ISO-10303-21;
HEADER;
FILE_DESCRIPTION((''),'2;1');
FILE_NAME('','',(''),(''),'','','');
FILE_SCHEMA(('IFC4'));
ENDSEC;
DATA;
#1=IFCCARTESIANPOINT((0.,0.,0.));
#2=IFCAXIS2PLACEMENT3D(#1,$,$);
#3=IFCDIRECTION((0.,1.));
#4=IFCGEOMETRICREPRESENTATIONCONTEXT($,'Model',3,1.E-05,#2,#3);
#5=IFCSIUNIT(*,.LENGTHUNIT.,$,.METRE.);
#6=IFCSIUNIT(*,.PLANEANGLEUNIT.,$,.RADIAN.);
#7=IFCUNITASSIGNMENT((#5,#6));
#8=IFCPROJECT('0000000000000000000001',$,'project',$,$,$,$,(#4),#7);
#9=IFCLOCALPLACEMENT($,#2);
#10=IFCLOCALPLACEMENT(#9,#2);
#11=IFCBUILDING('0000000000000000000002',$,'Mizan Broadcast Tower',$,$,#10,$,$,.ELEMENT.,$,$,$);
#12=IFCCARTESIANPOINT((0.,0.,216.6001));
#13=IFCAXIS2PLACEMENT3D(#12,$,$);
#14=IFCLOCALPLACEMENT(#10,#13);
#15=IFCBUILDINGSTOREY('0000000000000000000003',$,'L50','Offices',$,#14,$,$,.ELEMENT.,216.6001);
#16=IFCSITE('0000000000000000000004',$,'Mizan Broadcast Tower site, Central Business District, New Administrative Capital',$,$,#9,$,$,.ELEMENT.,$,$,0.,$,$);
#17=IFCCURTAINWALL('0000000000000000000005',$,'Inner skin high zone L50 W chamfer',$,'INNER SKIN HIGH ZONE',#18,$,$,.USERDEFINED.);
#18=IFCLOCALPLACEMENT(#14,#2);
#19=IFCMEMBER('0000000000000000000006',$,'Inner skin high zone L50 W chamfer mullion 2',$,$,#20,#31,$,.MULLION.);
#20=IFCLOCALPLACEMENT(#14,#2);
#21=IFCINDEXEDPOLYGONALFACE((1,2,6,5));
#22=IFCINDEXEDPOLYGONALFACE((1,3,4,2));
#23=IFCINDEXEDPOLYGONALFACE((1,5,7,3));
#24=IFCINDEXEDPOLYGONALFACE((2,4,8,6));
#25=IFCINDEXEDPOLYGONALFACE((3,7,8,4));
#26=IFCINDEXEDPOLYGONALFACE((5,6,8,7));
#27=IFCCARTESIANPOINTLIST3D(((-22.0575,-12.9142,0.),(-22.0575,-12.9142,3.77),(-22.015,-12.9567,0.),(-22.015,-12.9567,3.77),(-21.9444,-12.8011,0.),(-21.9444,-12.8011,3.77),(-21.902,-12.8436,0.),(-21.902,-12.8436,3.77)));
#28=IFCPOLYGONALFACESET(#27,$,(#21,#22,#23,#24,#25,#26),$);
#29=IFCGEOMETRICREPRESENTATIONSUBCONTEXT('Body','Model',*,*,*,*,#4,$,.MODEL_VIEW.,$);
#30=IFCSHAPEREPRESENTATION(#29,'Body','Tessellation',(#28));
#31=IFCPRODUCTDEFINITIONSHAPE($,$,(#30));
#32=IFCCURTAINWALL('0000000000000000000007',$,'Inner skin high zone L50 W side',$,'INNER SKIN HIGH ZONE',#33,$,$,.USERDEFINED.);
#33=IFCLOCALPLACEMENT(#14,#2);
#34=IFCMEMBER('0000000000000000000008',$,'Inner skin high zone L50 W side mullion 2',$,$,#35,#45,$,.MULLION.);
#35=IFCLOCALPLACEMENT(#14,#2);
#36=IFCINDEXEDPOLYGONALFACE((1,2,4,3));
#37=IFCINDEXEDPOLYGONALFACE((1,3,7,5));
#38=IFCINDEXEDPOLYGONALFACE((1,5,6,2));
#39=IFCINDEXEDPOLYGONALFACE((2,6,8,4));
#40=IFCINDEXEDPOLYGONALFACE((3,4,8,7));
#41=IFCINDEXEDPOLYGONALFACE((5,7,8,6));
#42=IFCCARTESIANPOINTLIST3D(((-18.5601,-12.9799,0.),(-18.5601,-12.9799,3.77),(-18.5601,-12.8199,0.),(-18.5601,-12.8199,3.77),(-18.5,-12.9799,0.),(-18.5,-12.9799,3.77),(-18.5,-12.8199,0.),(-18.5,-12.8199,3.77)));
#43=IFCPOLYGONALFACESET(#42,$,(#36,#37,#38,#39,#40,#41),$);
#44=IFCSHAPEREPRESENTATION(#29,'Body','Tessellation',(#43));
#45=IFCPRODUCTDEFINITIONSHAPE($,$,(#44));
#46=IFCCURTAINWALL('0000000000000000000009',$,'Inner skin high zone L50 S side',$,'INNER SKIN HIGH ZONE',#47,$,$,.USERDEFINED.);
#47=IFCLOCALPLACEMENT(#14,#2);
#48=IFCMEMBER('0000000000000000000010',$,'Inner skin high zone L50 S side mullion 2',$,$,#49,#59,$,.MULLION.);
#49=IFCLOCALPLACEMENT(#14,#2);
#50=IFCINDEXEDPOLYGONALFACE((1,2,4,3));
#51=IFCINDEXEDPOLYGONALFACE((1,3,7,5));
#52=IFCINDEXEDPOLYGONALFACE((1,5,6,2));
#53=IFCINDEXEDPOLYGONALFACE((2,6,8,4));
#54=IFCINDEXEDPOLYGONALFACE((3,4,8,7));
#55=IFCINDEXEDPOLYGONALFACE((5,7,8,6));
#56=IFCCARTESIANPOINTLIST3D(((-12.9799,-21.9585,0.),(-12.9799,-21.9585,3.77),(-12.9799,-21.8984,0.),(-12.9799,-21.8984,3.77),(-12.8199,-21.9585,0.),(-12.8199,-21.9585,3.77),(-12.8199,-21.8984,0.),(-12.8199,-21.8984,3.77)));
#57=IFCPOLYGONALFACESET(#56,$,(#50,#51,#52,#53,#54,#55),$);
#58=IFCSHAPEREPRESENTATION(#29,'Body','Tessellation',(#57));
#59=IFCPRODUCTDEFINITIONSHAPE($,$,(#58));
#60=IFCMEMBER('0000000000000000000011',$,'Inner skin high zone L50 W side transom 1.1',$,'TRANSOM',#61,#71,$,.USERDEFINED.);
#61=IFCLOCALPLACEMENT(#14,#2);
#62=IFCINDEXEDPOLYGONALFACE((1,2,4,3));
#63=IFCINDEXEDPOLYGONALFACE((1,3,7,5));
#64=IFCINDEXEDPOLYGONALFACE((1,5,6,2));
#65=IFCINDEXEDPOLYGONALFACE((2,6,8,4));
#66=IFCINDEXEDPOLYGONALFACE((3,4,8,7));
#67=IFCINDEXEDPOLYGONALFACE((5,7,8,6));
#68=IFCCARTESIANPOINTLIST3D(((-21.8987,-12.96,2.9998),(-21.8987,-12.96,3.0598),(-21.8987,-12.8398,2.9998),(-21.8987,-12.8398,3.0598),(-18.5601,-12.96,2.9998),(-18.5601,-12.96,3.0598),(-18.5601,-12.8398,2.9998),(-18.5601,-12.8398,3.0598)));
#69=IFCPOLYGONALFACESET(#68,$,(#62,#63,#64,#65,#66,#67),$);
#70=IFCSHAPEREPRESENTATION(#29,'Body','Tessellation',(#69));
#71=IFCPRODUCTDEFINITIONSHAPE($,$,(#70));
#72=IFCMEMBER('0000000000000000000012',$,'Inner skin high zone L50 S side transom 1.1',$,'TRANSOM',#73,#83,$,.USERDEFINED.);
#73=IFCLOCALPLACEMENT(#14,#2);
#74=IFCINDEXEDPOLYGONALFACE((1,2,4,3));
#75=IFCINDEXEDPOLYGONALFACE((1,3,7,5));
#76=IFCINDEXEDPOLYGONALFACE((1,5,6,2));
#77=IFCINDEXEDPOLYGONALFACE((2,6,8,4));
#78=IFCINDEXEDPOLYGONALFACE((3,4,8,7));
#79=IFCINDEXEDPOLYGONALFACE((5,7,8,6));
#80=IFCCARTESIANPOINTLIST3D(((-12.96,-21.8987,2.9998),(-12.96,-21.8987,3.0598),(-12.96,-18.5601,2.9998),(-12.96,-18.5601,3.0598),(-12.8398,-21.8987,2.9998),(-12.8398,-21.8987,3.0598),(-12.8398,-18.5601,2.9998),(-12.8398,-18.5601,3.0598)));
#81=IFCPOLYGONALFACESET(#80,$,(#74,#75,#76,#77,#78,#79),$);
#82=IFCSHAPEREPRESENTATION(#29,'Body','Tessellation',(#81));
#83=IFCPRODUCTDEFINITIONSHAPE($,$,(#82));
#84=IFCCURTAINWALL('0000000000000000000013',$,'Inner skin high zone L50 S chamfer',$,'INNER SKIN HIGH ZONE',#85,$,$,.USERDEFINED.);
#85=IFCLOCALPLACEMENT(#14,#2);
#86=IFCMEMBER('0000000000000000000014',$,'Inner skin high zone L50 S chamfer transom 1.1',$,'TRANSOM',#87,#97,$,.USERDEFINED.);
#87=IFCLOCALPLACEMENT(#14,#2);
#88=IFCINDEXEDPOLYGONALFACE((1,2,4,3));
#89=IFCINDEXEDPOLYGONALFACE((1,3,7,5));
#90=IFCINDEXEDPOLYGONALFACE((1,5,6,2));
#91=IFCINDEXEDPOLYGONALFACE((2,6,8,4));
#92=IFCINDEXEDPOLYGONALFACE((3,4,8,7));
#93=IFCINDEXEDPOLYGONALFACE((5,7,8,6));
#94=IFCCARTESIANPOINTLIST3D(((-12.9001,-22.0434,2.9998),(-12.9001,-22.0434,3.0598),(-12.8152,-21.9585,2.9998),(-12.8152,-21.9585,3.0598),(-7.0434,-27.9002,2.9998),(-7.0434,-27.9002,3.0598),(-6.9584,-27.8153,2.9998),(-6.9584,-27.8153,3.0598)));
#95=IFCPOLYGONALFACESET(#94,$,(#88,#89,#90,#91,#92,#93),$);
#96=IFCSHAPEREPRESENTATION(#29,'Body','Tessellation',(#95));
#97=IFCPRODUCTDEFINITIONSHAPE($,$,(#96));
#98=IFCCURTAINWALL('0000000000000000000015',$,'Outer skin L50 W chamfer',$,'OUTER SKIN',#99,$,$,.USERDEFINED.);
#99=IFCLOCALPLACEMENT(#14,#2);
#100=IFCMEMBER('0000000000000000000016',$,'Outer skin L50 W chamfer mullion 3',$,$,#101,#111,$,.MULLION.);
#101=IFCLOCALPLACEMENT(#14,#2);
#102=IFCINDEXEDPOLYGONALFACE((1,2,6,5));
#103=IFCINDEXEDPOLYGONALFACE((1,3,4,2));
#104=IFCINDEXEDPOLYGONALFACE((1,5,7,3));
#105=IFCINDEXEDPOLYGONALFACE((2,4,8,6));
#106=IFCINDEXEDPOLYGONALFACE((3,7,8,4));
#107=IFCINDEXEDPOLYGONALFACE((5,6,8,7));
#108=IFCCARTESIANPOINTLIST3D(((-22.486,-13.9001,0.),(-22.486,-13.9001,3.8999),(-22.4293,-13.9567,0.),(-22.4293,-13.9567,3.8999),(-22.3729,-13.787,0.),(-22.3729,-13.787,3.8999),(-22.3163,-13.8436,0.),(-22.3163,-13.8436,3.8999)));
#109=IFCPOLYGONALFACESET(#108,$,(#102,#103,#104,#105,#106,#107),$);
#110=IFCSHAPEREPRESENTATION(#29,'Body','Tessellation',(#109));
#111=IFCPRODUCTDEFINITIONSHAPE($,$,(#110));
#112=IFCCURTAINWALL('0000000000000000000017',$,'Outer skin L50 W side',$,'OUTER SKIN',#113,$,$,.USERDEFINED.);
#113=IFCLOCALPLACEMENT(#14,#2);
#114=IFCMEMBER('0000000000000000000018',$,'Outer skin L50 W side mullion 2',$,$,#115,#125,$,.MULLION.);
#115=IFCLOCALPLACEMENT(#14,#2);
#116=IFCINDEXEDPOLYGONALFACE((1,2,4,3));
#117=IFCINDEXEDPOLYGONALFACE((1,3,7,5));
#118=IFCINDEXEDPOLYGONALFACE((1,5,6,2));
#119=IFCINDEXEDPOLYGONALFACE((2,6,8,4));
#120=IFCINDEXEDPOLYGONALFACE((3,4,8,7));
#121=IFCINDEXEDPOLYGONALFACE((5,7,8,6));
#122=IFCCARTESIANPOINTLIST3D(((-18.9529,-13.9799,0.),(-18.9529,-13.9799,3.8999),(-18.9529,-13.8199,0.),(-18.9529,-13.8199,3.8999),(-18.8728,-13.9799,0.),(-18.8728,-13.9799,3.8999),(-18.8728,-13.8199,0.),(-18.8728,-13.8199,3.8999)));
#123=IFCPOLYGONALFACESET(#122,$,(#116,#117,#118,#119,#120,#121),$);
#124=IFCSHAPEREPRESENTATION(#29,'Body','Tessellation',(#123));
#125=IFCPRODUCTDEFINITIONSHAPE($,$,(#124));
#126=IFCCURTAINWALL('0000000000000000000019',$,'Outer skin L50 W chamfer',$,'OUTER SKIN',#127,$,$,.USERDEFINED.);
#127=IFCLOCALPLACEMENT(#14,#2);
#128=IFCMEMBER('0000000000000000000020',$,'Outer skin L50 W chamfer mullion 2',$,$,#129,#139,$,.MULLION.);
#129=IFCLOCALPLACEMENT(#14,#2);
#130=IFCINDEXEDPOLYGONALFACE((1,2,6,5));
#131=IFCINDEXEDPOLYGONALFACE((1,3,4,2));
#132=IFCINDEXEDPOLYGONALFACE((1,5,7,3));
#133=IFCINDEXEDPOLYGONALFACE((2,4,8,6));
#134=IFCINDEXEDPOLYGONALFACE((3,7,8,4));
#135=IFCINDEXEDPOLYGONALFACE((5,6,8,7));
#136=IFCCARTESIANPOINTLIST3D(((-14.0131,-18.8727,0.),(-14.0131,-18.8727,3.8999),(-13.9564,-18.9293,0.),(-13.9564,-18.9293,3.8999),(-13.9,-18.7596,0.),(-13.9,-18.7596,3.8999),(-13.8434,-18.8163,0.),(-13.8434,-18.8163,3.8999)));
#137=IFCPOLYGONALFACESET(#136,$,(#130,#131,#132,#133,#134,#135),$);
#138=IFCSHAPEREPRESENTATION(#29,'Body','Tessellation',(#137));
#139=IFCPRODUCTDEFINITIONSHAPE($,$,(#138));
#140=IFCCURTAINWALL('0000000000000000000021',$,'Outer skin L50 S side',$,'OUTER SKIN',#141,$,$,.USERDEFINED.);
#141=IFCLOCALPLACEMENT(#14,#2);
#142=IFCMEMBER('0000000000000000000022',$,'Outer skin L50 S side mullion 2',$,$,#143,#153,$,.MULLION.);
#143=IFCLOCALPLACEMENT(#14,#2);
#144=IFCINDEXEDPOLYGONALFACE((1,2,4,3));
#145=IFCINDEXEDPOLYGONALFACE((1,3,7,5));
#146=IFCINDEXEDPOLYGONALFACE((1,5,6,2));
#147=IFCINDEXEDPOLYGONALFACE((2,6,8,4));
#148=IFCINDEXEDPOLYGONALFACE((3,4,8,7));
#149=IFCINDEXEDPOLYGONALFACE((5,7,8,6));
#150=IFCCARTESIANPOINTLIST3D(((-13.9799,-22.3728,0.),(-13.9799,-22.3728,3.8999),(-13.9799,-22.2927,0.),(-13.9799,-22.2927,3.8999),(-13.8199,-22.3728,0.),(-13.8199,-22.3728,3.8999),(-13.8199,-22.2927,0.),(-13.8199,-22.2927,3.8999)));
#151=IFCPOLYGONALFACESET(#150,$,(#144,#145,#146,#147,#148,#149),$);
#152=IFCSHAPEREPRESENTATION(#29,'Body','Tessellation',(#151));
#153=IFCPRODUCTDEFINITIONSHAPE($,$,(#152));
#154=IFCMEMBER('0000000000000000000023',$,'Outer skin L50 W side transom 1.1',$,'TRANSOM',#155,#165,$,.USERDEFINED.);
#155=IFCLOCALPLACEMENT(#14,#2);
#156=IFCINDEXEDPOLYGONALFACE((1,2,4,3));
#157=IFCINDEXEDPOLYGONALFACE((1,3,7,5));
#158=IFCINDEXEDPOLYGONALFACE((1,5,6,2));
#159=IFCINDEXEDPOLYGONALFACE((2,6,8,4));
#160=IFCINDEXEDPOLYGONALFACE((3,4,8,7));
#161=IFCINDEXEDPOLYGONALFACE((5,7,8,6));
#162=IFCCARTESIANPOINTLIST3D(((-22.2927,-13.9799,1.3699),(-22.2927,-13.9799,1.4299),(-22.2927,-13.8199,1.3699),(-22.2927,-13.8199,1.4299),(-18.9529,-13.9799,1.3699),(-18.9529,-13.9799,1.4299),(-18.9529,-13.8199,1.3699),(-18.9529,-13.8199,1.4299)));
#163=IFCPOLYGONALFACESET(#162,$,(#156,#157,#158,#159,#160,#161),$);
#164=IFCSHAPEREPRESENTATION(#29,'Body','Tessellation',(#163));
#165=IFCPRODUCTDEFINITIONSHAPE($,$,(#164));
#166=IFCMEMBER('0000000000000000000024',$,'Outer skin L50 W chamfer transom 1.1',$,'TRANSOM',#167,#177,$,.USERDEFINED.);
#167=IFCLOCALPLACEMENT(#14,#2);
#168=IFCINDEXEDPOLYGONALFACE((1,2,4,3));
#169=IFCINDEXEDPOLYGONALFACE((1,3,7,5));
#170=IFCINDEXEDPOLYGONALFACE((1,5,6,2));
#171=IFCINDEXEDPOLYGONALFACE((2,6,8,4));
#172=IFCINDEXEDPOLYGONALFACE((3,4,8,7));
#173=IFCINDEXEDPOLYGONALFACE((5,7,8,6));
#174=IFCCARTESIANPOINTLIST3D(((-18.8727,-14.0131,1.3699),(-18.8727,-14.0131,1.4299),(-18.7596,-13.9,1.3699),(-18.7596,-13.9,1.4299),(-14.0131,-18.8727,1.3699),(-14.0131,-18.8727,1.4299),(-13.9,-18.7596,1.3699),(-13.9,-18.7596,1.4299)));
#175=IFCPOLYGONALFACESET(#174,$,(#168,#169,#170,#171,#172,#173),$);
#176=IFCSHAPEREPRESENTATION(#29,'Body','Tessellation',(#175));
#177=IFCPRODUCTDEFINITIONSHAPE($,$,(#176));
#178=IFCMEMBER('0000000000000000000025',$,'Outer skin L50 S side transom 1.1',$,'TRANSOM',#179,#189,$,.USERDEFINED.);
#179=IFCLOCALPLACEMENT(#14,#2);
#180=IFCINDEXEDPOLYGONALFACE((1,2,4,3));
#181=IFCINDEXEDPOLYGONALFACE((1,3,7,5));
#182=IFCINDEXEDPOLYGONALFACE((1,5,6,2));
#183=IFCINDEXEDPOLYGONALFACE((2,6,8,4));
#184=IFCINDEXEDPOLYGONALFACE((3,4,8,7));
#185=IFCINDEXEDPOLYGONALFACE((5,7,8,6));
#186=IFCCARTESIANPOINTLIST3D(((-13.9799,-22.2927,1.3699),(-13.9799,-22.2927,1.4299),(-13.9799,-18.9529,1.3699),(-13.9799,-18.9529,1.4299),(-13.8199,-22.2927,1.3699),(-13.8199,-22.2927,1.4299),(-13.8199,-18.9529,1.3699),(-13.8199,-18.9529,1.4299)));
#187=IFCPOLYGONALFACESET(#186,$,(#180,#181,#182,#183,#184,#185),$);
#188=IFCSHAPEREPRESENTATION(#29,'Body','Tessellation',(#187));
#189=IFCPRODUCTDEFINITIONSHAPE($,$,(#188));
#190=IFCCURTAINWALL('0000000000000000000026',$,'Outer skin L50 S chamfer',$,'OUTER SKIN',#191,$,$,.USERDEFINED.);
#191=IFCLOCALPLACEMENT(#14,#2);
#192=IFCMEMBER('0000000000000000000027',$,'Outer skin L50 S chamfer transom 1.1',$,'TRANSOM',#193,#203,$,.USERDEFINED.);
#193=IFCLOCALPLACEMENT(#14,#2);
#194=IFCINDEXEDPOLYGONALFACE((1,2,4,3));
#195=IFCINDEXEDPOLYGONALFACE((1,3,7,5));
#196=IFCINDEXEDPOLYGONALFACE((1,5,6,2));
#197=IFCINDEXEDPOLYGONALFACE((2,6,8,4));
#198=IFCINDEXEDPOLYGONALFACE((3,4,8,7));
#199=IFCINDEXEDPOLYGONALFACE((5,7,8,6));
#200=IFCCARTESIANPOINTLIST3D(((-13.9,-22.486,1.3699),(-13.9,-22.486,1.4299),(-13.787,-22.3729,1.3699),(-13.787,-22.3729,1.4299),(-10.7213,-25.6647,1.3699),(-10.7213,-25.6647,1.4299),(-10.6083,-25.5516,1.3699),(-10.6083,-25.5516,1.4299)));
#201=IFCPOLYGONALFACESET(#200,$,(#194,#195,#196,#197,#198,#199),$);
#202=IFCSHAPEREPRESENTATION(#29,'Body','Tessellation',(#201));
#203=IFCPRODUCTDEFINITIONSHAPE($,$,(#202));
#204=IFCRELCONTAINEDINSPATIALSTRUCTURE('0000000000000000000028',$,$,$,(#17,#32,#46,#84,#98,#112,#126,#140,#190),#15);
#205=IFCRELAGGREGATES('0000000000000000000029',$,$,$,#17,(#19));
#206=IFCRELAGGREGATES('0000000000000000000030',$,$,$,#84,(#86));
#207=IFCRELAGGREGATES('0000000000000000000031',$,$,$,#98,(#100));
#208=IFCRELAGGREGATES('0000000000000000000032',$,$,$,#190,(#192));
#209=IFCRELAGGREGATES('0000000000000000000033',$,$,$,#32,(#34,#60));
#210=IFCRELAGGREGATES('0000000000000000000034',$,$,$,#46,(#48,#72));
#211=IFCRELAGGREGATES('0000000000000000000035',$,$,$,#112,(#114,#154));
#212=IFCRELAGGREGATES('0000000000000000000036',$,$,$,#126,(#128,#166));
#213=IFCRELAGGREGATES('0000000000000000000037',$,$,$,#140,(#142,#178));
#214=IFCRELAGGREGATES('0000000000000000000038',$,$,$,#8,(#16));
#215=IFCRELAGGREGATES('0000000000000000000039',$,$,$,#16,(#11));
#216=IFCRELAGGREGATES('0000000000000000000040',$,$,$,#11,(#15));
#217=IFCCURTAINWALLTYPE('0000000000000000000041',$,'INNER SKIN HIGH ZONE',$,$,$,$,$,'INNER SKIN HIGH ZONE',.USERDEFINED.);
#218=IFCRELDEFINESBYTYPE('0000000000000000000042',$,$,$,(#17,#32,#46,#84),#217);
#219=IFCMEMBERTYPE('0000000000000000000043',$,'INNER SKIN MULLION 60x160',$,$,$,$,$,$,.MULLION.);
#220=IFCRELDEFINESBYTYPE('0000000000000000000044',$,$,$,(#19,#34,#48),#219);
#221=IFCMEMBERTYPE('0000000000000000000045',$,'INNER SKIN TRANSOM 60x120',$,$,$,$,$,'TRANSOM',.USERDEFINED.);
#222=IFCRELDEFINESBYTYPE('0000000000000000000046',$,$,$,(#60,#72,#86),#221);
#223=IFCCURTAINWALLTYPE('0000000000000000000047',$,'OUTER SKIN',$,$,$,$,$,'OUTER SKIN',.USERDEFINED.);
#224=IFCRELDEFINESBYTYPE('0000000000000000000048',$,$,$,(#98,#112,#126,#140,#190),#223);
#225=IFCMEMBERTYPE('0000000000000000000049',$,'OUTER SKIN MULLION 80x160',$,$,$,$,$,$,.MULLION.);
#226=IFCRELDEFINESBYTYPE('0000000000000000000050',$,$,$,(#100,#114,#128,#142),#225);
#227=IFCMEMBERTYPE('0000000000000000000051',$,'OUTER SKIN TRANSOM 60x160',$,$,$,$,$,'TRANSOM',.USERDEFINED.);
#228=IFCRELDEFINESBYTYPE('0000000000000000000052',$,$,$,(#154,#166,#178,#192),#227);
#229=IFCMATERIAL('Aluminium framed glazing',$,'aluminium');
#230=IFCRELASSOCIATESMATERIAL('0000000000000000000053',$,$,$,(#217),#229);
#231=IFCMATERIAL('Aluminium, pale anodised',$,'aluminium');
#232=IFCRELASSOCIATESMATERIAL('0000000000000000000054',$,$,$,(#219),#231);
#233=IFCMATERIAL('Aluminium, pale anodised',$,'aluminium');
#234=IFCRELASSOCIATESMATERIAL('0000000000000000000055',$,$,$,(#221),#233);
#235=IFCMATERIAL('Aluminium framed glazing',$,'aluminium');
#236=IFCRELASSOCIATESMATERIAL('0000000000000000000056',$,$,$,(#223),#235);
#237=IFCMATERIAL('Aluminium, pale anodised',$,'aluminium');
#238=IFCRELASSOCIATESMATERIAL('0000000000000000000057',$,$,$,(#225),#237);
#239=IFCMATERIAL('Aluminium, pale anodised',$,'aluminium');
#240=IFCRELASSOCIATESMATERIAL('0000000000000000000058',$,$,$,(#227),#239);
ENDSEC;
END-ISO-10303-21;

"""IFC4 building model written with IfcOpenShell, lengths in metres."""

from ifc_helpers import new_model, si_unit, direction, frame, origin, origin_2d, place, context, subcontext, project, spatial, rectangle, extrude, material, material_profile, profile_set, type_object, element, aggregate, save


model = new_model("IFC4")

# Units and contexts
model_context = context("Model", 3, precision=1e-05, world=origin(), true_north=direction((0.0, 1.0)))
body_context = subcontext(model_context, "Body", "Model", "MODEL_VIEW")
ifc_project = project(units=[si_unit("LENGTHUNIT", "METRE"), si_unit("PLANEANGLEUNIT", "RADIAN")], contexts=[model_context])

# Site, building, storey
site_placement = place(None, origin())
site = spatial("IfcSite", under=ifc_project, at=site_placement, Name="Mizan Broadcast Tower site, Central Business District, New Administrative Capital", CompositionType="ELEMENT", RefElevation=0.0)
building_placement = place(site_placement, origin())
building = spatial("IfcBuilding", under=site, at=building_placement, Name="Mizan Broadcast Tower", CompositionType="ELEMENT")
storey_placement = place(building_placement, frame((0.0, 0.0, 216.6001)))
storey = spatial("IfcBuildingStorey", under=building, at=storey_placement, Name="L50", Description="Offices", CompositionType="ELEMENT", Elevation=216.6001)

# Curtain walls, members
ifc_material_1 = material(Name="Aluminium framed glazing", Category="aluminium")
curtain_wall_type_1 = type_object("IfcCurtainWallType", Name="INNER SKIN HIGH ZONE", ElementType="INNER SKIN HIGH ZONE", PredefinedType="USERDEFINED", material=ifc_material_1)
curtain_wall_1_placement = place(storey_placement, origin())
curtain_wall_1 = element("IfcCurtainWall", 1, at=curtain_wall_1_placement, inside=storey, type_object=curtain_wall_type_1, Name="Inner skin high zone L50 W chamfer", ObjectType="INNER SKIN HIGH ZONE", PredefinedType="USERDEFINED")
ifc_material_2 = material(Name="Aluminium, pale anodised", Category="aluminium")
ifc_material_profile_1 = material_profile(ifc_material_2, rectangle(XDim=0.1599, YDim=0.0601, at=origin_2d()), Name="MULLION 160x60")
ifc_profile_set_1 = profile_set([ifc_material_profile_1], Name="Aluminium, pale anodised")
member_type_1 = type_object("IfcMemberType", Name="INNER SKIN MULLION 60x160", PredefinedType="MULLION", material=ifc_profile_set_1)
member_1_placement = place(storey_placement, frame((-21.9797, -12.8789, 0.0), z_axis=(0.0, 0.0, 1.0), x_axis=(0.707107, 0.707107, 0.0)))
member_1 = element("IfcMember", 2, at=member_1_placement, type_object=member_type_1, Name="Inner skin high zone L50 W chamfer mullion 2", PredefinedType="MULLION", context=body_context, shape_type="SweptSolid", body=[
    extrude(rectangle(XDim=0.1599, YDim=0.0601, at=origin_2d()), origin(), (0.0, 0.0, 1.0), 3.77),
])
aggregate(curtain_wall_1, [member_1])
curtain_wall_2_placement = place(storey_placement, origin())
curtain_wall_2 = element("IfcCurtainWall", 3, at=curtain_wall_2_placement, inside=storey, type_object=curtain_wall_type_1, Name="Inner skin high zone L50 W side", ObjectType="INNER SKIN HIGH ZONE", PredefinedType="USERDEFINED")
member_2_placement = place(storey_placement, frame((-18.53, -12.8999, 0.0), z_axis=(0.0, 0.0, 1.0), x_axis=(0.0, 1.0, 0.0)))
member_2 = element("IfcMember", 4, at=member_2_placement, type_object=member_type_1, Name="Inner skin high zone L50 W side mullion 2", PredefinedType="MULLION", context=body_context, shape_type="SweptSolid", body=[
    extrude(rectangle(XDim=0.1599, YDim=0.0601, at=origin_2d()), origin(), (0.0, 0.0, 1.0), 3.77),
])
curtain_wall_3_placement = place(storey_placement, origin())
curtain_wall_3 = element("IfcCurtainWall", 5, at=curtain_wall_3_placement, inside=storey, type_object=curtain_wall_type_1, Name="Inner skin high zone L50 S side", ObjectType="INNER SKIN HIGH ZONE", PredefinedType="USERDEFINED")
member_3_placement = place(storey_placement, frame((-12.8999, -21.9285, 0.0), z_axis=(0.0, 0.0, 1.0), x_axis=(1.0, 0.0, 0.0)))
member_3 = element("IfcMember", 6, at=member_3_placement, type_object=member_type_1, Name="Inner skin high zone L50 S side mullion 2", PredefinedType="MULLION", context=body_context, shape_type="SweptSolid", body=[
    extrude(rectangle(XDim=0.1599, YDim=0.0601, at=origin_2d()), origin(), (0.0, 0.0, 1.0), 3.77),
])

# Members
ifc_material_3 = material(Name="Aluminium, pale anodised", Category="aluminium")
ifc_material_profile_2 = material_profile(ifc_material_3, rectangle(XDim=0.1201, YDim=0.0601, at=origin_2d()), Name="TRANSOM 120x60")
ifc_profile_set_2 = profile_set([ifc_material_profile_2], Name="Aluminium, pale anodised")
member_type_2 = type_object("IfcMemberType", Name="INNER SKIN TRANSOM 60x120", ElementType="TRANSOM", PredefinedType="USERDEFINED", material=ifc_profile_set_2)
member_4_placement = place(storey_placement, frame((-21.8987, -12.8999, 3.0298), z_axis=(1.0, 0.0, 0.0), x_axis=(0.0, 1.0, 0.0)))
member_4 = element("IfcMember", 7, at=member_4_placement, type_object=member_type_2, Name="Inner skin high zone L50 W side transom 1.1", ObjectType="TRANSOM", PredefinedType="USERDEFINED", context=body_context, shape_type="SweptSolid", body=[
    extrude(rectangle(XDim=0.1201, YDim=0.0601, at=origin_2d()), origin(), (0.0, 0.0, 1.0), 3.3386),
])
member_5_placement = place(storey_placement, frame((-12.8999, -18.5601, 3.0298), z_axis=(0.0, -1.0, 0.0), x_axis=(1.0, 0.0, 0.0)))
member_5 = element("IfcMember", 8, at=member_5_placement, type_object=member_type_2, Name="Inner skin high zone L50 S side transom 1.1", ObjectType="TRANSOM", PredefinedType="USERDEFINED", context=body_context, shape_type="SweptSolid", body=[
    extrude(rectangle(XDim=0.1201, YDim=0.0601, at=origin_2d()), origin(), (0.0, 0.0, 1.0), 3.3386),
])

# Curtain walls, members
curtain_wall_4_placement = place(storey_placement, origin())
curtain_wall_4 = element("IfcCurtainWall", 9, at=curtain_wall_4_placement, inside=storey, type_object=curtain_wall_type_1, Name="Inner skin high zone L50 S chamfer", ObjectType="INNER SKIN HIGH ZONE", PredefinedType="USERDEFINED")
member_6_placement = place(storey_placement, frame((-12.8577, -22.001, 3.0298), z_axis=(0.707107, -0.707107, 0.0), x_axis=(0.707107, 0.707107, 0.0)))
member_6 = element("IfcMember", 10, at=member_6_placement, type_object=member_type_2, Name="Inner skin high zone L50 S chamfer transom 1.1", ObjectType="TRANSOM", PredefinedType="USERDEFINED", context=body_context, shape_type="SweptSolid", body=[
    extrude(rectangle(XDim=0.1201, YDim=0.0601, at=origin_2d()), origin(), (0.0, 0.0, 1.0), 8.2827),
])
aggregate(curtain_wall_4, [member_6])
ifc_material_4 = material(Name="Aluminium framed glazing", Category="aluminium")
curtain_wall_type_2 = type_object("IfcCurtainWallType", Name="OUTER SKIN", ElementType="OUTER SKIN", PredefinedType="USERDEFINED", material=ifc_material_4)
curtain_wall_5_placement = place(storey_placement, origin())
curtain_wall_5 = element("IfcCurtainWall", 11, at=curtain_wall_5_placement, inside=storey, type_object=curtain_wall_type_2, Name="Outer skin L50 W chamfer", ObjectType="OUTER SKIN", PredefinedType="USERDEFINED")
ifc_material_5 = material(Name="Aluminium, pale anodised", Category="aluminium")
ifc_material_profile_3 = material_profile(ifc_material_5, rectangle(XDim=0.1599, YDim=0.0801, at=origin_2d()), Name="MULLION 160x80")
ifc_profile_set_3 = profile_set([ifc_material_profile_3], Name="Aluminium, pale anodised")
member_type_3 = type_object("IfcMemberType", Name="OUTER SKIN MULLION 80x160", PredefinedType="MULLION", material=ifc_profile_set_3)
member_7_placement = place(storey_placement, frame((-22.4011, -13.8718, 0.0), z_axis=(0.0, 0.0, 1.0), x_axis=(0.707107, 0.707107, 0.0)))
member_7 = element("IfcMember", 12, at=member_7_placement, type_object=member_type_3, Name="Outer skin L50 W chamfer mullion 3", PredefinedType="MULLION", context=body_context, shape_type="SweptSolid", body=[
    extrude(rectangle(XDim=0.1599, YDim=0.0801, at=origin_2d()), origin(), (0.0, 0.0, 1.0), 3.8999),
])
aggregate(curtain_wall_5, [member_7])
curtain_wall_6_placement = place(storey_placement, origin())
curtain_wall_6 = element("IfcCurtainWall", 13, at=curtain_wall_6_placement, inside=storey, type_object=curtain_wall_type_2, Name="Outer skin L50 W side", ObjectType="OUTER SKIN", PredefinedType="USERDEFINED")
member_8_placement = place(storey_placement, frame((-18.9128, -13.8999, 0.0), z_axis=(0.0, 0.0, 1.0), x_axis=(0.0, 1.0, 0.0)))
member_8 = element("IfcMember", 14, at=member_8_placement, type_object=member_type_3, Name="Outer skin L50 W side mullion 2", PredefinedType="MULLION", context=body_context, shape_type="SweptSolid", body=[
    extrude(rectangle(XDim=0.1599, YDim=0.0801, at=origin_2d()), origin(), (0.0, 0.0, 1.0), 3.8999),
])
curtain_wall_7_placement = place(storey_placement, origin())
curtain_wall_7 = element("IfcCurtainWall", 15, at=curtain_wall_7_placement, inside=storey, type_object=curtain_wall_type_2, Name="Outer skin L50 W chamfer", ObjectType="OUTER SKIN", PredefinedType="USERDEFINED")
member_9_placement = place(storey_placement, frame((-13.9282, -18.8445, 0.0), z_axis=(0.0, 0.0, 1.0), x_axis=(0.707107, 0.707107, 0.0)))
member_9 = element("IfcMember", 16, at=member_9_placement, type_object=member_type_3, Name="Outer skin L50 W chamfer mullion 2", PredefinedType="MULLION", context=body_context, shape_type="SweptSolid", body=[
    extrude(rectangle(XDim=0.1599, YDim=0.0801, at=origin_2d()), origin(), (0.0, 0.0, 1.0), 3.8999),
])
curtain_wall_8_placement = place(storey_placement, origin())
curtain_wall_8 = element("IfcCurtainWall", 17, at=curtain_wall_8_placement, inside=storey, type_object=curtain_wall_type_2, Name="Outer skin L50 S side", ObjectType="OUTER SKIN", PredefinedType="USERDEFINED")
member_10_placement = place(storey_placement, frame((-13.8999, -22.3328, 0.0), z_axis=(0.0, 0.0, 1.0), x_axis=(1.0, 0.0, 0.0)))
member_10 = element("IfcMember", 18, at=member_10_placement, type_object=member_type_3, Name="Outer skin L50 S side mullion 2", PredefinedType="MULLION", context=body_context, shape_type="SweptSolid", body=[
    extrude(rectangle(XDim=0.1599, YDim=0.0801, at=origin_2d()), origin(), (0.0, 0.0, 1.0), 3.8999),
])

# Members
ifc_material_6 = material(Name="Aluminium, pale anodised", Category="aluminium")
ifc_material_profile_4 = material_profile(ifc_material_6, rectangle(XDim=0.1599, YDim=0.0601, at=origin_2d()), Name="TRANSOM 160x60")
ifc_profile_set_4 = profile_set([ifc_material_profile_4], Name="Aluminium, pale anodised")
member_type_4 = type_object("IfcMemberType", Name="OUTER SKIN TRANSOM 60x160", ElementType="TRANSOM", PredefinedType="USERDEFINED", material=ifc_profile_set_4)
member_11_placement = place(storey_placement, frame((-22.2927, -13.8999, 1.3999), z_axis=(1.0, 0.0, 0.0), x_axis=(0.0, 1.0, 0.0)))
member_11 = element("IfcMember", 19, at=member_11_placement, type_object=member_type_4, Name="Outer skin L50 W side transom 1.1", ObjectType="TRANSOM", PredefinedType="USERDEFINED", context=body_context, shape_type="SweptSolid", body=[
    extrude(rectangle(XDim=0.1599, YDim=0.0601, at=origin_2d()), origin(), (0.0, 0.0, 1.0), 3.3398),
])
member_12_placement = place(storey_placement, frame((-18.8162, -13.9565, 1.3999), z_axis=(0.707107, -0.707107, 0.0), x_axis=(0.707107, 0.707107, 0.0)))
member_12 = element("IfcMember", 20, at=member_12_placement, type_object=member_type_4, Name="Outer skin L50 W chamfer transom 1.1", ObjectType="TRANSOM", PredefinedType="USERDEFINED", context=body_context, shape_type="SweptSolid", body=[
    extrude(rectangle(XDim=0.1599, YDim=0.0601, at=origin_2d()), origin(), (0.0, 0.0, 1.0), 6.8726),
])
member_13_placement = place(storey_placement, frame((-13.8999, -18.9529, 1.3999), z_axis=(0.0, -1.0, 0.0), x_axis=(1.0, 0.0, 0.0)))
member_13 = element("IfcMember", 21, at=member_13_placement, type_object=member_type_4, Name="Outer skin L50 S side transom 1.1", ObjectType="TRANSOM", PredefinedType="USERDEFINED", context=body_context, shape_type="SweptSolid", body=[
    extrude(rectangle(XDim=0.1599, YDim=0.0601, at=origin_2d()), origin(), (0.0, 0.0, 1.0), 3.3398),
])

# Curtain wall, member
curtain_wall_9_placement = place(storey_placement, origin())
curtain_wall_9 = element("IfcCurtainWall", 22, at=curtain_wall_9_placement, inside=storey, type_object=curtain_wall_type_2, Name="Outer skin L50 S chamfer", ObjectType="OUTER SKIN", PredefinedType="USERDEFINED")
member_14_placement = place(storey_placement, frame((-13.8435, -22.4294, 1.3999), z_axis=(0.707107, -0.707107, 0.0), x_axis=(0.707107, 0.707107, 0.0)))
member_14 = element("IfcMember", 23, at=member_14_placement, type_object=member_type_4, Name="Outer skin L50 S chamfer transom 1.1", ObjectType="TRANSOM", PredefinedType="USERDEFINED", context=body_context, shape_type="SweptSolid", body=[
    extrude(rectangle(XDim=0.1599, YDim=0.0601, at=origin_2d()), origin(), (0.0, 0.0, 1.0), 4.4954),
])
aggregate(curtain_wall_9, [member_14])

aggregate(curtain_wall_2, [member_2, member_4])
aggregate(curtain_wall_3, [member_3, member_5])
aggregate(curtain_wall_6, [member_8, member_11])
aggregate(curtain_wall_7, [member_9, member_12])
aggregate(curtain_wall_8, [member_10, member_13])

save(model, "model.ifc")
